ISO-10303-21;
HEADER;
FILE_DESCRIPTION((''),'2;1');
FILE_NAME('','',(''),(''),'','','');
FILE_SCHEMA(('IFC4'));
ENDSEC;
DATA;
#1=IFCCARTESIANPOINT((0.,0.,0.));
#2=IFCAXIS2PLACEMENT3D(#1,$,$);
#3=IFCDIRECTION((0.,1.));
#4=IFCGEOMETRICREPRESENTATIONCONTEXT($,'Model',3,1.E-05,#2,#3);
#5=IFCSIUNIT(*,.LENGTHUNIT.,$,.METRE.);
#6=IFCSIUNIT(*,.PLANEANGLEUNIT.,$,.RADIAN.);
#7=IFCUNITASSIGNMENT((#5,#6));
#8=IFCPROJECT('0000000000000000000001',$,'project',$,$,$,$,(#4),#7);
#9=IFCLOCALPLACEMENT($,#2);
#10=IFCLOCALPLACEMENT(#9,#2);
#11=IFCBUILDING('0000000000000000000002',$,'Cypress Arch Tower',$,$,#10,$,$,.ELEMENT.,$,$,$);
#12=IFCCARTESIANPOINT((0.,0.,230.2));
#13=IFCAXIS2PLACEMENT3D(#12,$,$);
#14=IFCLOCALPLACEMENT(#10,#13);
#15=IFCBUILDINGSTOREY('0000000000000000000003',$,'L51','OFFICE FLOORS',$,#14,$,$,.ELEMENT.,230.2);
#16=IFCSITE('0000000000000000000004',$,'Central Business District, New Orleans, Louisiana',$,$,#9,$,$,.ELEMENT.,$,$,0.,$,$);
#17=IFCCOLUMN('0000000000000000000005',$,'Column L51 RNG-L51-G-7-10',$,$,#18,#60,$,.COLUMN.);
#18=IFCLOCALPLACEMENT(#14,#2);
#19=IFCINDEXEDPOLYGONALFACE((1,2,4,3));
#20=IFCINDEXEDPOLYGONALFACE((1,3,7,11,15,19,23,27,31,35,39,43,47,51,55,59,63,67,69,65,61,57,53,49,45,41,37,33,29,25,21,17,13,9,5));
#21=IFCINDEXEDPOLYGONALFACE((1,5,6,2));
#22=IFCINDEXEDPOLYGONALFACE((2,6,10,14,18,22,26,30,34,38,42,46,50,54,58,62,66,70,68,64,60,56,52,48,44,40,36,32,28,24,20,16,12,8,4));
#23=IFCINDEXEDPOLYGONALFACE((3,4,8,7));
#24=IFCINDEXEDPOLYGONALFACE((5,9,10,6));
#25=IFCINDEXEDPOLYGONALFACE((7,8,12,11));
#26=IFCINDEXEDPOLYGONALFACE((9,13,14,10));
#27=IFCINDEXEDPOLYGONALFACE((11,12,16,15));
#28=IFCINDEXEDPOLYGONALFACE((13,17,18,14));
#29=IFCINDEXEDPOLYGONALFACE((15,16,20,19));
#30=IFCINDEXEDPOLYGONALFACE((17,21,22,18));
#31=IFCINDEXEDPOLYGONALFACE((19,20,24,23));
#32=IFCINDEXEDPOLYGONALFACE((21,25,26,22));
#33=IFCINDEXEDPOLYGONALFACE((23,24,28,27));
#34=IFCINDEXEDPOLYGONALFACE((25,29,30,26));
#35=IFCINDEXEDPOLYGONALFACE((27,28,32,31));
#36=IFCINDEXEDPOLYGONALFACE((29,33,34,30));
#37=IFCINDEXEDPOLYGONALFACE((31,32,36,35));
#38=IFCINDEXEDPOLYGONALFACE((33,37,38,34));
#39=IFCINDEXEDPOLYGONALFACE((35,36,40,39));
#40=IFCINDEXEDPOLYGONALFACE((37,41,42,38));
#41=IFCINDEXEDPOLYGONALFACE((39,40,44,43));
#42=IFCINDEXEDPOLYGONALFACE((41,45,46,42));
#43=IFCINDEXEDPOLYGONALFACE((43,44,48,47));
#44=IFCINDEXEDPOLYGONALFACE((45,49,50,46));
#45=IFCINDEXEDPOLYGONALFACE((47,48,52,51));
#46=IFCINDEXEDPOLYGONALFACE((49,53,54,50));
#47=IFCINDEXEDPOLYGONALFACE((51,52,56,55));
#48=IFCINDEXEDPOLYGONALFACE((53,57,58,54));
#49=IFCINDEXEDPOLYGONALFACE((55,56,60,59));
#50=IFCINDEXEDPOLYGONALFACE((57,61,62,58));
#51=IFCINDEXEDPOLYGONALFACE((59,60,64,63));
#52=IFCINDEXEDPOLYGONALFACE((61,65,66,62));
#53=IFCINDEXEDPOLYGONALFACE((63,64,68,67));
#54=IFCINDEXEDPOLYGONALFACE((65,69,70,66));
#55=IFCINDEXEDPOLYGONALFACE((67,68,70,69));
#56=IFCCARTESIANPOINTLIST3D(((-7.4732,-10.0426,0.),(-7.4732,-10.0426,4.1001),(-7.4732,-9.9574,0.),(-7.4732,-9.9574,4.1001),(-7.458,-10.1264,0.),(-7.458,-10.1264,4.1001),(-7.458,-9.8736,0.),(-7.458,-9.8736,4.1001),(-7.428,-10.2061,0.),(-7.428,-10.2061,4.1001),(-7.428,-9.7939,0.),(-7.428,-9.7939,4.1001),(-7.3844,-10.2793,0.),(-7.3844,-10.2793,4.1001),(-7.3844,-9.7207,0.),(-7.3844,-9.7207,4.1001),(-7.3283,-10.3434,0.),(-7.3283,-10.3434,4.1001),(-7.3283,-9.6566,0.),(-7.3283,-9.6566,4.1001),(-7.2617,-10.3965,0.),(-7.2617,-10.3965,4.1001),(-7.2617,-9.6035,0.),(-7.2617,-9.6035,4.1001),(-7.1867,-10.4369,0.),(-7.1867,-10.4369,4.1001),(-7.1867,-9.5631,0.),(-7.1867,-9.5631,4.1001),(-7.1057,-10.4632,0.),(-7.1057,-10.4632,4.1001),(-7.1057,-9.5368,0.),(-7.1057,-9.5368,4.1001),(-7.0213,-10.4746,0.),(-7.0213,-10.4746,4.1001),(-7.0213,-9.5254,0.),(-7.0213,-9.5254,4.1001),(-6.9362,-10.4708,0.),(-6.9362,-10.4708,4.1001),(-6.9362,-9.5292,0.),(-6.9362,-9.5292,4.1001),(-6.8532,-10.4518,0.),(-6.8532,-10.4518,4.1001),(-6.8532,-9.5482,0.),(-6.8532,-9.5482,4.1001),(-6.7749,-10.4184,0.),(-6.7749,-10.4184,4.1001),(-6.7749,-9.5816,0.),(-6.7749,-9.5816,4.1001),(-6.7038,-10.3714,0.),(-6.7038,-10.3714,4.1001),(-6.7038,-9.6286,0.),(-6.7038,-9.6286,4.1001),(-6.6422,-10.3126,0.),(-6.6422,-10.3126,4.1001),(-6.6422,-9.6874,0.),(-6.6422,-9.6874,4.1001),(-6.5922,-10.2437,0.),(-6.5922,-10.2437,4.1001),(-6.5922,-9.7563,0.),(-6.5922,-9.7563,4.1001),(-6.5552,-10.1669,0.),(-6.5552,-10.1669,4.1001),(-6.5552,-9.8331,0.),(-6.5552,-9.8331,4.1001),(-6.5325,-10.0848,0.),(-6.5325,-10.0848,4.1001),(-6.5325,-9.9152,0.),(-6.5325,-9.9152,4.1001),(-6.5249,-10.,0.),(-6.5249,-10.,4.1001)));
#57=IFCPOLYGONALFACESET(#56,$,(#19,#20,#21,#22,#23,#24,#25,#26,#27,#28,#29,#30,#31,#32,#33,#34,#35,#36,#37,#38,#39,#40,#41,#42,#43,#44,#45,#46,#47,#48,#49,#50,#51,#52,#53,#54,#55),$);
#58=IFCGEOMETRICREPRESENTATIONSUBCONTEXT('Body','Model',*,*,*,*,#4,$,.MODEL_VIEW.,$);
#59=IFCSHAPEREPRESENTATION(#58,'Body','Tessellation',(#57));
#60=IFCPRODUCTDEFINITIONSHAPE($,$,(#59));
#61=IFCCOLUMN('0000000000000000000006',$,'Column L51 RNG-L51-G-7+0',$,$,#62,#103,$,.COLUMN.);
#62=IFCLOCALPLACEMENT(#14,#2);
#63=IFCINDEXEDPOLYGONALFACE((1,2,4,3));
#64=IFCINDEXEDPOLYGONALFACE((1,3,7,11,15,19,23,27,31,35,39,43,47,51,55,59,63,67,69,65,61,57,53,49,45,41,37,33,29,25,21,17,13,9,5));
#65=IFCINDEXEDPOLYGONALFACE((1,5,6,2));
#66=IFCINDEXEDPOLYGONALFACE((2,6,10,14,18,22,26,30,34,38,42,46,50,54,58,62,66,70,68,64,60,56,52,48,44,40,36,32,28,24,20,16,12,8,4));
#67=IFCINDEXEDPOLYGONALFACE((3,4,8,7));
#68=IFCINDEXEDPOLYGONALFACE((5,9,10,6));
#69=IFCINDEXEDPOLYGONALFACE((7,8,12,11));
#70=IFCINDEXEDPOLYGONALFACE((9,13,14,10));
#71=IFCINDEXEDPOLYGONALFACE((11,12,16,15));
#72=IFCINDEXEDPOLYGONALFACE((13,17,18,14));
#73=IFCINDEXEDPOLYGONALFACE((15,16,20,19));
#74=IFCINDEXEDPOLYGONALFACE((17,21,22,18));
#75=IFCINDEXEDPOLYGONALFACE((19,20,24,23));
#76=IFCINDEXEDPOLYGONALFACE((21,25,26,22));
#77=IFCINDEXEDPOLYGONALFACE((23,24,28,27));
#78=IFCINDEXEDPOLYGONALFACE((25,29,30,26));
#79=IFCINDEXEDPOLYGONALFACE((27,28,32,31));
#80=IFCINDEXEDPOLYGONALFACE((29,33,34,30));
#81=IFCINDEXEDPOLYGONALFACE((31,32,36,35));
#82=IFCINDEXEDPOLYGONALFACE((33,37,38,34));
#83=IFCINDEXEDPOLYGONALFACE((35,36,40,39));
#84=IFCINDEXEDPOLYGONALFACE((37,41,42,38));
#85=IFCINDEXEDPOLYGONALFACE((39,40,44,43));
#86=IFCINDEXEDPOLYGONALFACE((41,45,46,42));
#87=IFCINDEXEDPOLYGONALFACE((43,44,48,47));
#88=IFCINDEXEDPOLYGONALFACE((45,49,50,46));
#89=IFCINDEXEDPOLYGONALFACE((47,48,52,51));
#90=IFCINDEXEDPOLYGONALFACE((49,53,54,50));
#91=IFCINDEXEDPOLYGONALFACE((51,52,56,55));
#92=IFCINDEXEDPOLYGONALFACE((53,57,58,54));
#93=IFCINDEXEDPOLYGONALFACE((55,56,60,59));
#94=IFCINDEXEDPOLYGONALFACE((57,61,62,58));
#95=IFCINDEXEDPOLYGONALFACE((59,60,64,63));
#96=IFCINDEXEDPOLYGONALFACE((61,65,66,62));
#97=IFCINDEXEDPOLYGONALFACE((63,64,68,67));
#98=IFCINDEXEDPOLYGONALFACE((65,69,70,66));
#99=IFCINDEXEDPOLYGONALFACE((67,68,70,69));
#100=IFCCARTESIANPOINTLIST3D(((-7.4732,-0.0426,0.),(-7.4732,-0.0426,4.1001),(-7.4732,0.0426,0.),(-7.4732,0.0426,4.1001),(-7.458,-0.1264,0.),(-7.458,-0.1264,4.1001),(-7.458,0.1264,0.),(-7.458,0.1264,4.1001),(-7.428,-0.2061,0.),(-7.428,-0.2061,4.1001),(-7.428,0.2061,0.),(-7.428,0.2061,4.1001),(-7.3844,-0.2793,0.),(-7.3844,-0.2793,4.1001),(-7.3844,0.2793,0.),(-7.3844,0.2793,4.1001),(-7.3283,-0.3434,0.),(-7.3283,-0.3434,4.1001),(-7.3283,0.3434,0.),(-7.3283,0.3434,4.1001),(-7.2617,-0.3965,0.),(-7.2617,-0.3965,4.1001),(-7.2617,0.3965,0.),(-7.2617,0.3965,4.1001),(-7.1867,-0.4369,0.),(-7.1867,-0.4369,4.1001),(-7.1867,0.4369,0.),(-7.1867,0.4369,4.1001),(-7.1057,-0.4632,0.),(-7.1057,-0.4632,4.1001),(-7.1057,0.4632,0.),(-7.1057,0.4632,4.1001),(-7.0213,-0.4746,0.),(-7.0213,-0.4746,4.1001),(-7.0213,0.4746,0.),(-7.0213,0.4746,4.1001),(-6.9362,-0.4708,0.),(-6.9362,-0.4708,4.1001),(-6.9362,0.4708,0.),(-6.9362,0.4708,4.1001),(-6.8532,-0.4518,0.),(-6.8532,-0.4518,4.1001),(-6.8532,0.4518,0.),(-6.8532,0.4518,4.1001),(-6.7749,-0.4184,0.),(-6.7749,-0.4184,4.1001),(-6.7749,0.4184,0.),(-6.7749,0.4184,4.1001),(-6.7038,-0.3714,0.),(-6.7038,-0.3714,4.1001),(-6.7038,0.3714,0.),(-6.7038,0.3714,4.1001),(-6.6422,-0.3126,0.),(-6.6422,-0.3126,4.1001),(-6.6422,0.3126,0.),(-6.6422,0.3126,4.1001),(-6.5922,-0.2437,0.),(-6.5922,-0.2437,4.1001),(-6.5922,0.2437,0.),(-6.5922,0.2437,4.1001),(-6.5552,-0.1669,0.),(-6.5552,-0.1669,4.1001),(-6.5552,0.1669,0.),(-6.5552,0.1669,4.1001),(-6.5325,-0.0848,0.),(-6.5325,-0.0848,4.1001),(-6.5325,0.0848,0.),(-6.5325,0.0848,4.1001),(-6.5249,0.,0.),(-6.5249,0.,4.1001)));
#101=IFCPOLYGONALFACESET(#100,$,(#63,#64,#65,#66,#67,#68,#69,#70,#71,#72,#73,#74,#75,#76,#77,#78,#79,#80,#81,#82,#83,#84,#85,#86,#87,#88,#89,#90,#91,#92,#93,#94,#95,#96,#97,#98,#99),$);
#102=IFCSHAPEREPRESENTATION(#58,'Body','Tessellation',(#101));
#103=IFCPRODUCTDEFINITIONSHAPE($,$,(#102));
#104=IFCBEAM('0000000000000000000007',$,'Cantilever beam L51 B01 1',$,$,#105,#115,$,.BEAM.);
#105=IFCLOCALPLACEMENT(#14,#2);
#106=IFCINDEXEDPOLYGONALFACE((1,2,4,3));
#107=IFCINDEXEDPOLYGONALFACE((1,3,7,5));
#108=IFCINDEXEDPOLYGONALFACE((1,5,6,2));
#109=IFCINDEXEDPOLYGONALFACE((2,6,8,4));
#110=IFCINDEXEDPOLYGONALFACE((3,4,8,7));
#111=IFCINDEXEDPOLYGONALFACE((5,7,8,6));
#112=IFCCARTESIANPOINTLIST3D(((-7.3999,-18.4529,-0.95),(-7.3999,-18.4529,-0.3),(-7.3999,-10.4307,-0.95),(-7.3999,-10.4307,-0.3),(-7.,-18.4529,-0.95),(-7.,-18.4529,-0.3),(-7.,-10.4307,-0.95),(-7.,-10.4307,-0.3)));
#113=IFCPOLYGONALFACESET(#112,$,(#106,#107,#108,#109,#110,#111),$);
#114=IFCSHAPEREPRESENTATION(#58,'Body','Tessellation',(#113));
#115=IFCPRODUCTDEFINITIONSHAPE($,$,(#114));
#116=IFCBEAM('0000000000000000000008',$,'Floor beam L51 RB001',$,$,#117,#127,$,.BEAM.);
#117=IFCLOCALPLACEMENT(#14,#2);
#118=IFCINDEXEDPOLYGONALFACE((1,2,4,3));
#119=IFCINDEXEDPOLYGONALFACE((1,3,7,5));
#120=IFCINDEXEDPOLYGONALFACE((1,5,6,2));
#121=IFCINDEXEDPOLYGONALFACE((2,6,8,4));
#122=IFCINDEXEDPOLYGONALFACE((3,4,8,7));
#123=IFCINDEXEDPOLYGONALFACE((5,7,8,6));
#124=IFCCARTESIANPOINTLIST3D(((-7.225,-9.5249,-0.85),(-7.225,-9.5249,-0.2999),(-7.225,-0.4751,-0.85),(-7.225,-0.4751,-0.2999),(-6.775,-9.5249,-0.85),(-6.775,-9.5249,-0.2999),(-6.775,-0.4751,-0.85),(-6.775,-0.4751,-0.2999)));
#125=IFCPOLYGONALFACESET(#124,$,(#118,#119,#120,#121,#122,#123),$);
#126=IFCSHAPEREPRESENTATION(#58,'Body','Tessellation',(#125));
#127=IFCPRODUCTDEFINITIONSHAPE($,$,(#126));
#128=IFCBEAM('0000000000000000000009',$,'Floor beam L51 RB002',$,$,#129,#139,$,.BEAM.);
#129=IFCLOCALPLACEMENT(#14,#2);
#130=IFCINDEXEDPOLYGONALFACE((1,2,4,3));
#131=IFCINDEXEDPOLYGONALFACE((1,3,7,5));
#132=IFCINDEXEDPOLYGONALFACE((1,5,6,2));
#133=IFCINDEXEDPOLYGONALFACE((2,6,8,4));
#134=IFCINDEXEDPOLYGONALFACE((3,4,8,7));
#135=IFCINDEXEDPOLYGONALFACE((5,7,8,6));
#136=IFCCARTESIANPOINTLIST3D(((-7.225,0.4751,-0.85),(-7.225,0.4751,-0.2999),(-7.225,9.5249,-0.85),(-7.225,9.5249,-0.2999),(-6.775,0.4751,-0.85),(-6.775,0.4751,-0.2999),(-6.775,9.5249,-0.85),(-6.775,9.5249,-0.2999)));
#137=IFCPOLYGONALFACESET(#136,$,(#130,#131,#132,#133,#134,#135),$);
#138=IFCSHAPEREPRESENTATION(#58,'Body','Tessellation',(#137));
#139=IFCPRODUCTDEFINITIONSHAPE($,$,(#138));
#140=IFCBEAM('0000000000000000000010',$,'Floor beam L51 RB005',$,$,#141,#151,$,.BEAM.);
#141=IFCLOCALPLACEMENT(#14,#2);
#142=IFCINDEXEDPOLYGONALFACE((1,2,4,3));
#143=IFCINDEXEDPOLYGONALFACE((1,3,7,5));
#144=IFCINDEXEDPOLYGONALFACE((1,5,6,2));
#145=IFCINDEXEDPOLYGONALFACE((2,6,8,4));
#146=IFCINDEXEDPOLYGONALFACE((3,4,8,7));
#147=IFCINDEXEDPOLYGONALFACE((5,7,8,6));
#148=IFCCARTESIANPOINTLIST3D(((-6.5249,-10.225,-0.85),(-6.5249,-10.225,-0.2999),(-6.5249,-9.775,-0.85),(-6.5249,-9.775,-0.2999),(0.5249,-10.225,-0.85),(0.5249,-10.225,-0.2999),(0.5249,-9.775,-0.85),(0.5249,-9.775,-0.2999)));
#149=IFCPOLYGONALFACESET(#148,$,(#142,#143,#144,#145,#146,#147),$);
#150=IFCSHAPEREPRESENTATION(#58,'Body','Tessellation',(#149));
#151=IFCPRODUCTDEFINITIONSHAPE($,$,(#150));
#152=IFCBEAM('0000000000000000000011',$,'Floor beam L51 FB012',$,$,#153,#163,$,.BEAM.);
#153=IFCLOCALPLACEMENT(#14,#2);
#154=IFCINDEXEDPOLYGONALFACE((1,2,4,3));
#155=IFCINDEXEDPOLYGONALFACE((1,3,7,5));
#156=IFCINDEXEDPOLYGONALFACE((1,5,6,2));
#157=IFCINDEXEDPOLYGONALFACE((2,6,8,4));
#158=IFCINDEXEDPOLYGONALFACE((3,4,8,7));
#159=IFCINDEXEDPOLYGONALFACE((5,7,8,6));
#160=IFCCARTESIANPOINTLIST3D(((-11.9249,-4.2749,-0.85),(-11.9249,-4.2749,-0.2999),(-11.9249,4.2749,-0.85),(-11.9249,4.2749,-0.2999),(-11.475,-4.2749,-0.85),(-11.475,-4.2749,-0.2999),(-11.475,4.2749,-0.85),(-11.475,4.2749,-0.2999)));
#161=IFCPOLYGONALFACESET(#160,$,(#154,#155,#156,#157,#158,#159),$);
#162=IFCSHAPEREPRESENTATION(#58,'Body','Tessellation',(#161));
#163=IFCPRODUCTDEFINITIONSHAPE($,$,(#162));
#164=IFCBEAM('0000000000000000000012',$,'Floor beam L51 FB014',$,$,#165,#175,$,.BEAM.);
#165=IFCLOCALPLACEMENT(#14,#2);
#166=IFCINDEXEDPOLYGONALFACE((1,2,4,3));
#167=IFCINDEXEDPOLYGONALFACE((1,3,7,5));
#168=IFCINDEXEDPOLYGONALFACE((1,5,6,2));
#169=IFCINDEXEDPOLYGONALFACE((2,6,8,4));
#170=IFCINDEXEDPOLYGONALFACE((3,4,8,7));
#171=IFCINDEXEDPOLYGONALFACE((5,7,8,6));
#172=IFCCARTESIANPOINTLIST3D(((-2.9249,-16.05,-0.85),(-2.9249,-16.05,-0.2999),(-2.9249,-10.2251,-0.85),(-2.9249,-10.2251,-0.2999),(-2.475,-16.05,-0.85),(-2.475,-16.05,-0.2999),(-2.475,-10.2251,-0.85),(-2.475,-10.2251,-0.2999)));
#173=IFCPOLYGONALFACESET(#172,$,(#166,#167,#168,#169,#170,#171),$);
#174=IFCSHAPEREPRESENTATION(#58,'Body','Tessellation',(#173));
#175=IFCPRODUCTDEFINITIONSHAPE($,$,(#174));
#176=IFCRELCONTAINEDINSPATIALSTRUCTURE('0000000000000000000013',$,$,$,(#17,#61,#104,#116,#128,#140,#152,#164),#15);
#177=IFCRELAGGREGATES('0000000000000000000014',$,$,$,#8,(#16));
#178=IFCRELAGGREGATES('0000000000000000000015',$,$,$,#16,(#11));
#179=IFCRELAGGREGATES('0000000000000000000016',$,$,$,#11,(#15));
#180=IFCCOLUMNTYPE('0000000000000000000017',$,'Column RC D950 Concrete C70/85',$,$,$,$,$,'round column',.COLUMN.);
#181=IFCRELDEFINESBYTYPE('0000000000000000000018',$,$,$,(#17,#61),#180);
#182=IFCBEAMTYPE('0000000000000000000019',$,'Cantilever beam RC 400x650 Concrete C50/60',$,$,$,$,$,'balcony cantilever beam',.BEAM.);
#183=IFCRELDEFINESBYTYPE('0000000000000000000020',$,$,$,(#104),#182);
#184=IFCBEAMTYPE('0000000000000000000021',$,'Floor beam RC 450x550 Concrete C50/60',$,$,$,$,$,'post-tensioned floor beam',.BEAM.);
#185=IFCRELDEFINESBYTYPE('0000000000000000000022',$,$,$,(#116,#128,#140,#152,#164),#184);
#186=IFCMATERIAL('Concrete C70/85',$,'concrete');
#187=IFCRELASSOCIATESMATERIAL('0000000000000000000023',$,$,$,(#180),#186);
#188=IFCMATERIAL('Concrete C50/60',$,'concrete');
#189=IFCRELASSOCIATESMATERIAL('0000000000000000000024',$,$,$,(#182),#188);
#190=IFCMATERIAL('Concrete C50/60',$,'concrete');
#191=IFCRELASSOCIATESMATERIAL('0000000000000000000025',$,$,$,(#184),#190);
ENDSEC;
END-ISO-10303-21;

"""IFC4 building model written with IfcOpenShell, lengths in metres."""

from ifc_helpers import new_model, si_unit, direction, frame, origin, origin_2d, place, context, subcontext, project, spatial, rectangle, circle, extrude, material, material_profile, profile_set, type_object, element, save


model = new_model("IFC4")

# Units and contexts
model_context = context("Model", 3, precision=1e-05, world=origin(), true_north=direction((0.0, 1.0)))
body_context = subcontext(model_context, "Body", "Model", "MODEL_VIEW")
ifc_project = project(units=[si_unit("LENGTHUNIT", "METRE"), si_unit("PLANEANGLEUNIT", "RADIAN")], contexts=[model_context])

# Site, building, storey
site_placement = place(None, origin())
site = spatial("IfcSite", under=ifc_project, at=site_placement, Name="Central Business District, New Orleans, Louisiana", CompositionType="ELEMENT", RefElevation=0.0)
building_placement = place(site_placement, origin())
building = spatial("IfcBuilding", under=site, at=building_placement, Name="Cypress Arch Tower", CompositionType="ELEMENT")
storey_placement = place(building_placement, frame((0.0, 0.0, 230.2)))
storey = spatial("IfcBuildingStorey", under=building, at=storey_placement, Name="L51", Description="OFFICE FLOORS", CompositionType="ELEMENT", Elevation=230.2)

# Columns
ifc_material_1 = material(Name="Concrete C70/85", Category="concrete")
ifc_material_profile_1 = material_profile(ifc_material_1, circle(Radius=0.4751, at=origin_2d()), Name="RC D950")
ifc_profile_set_1 = profile_set([ifc_material_profile_1], Name="Concrete C70/85")
column_type = type_object("IfcColumnType", Name="Column RC D950 Concrete C70/85", ElementType="round column", PredefinedType="COLUMN", material=ifc_profile_set_1)
for number, where, z_axis, x_axis, name in (
    (1, (-7.0, -10.0, 0.0), (0.0, 0.0, 1.0), (1.0, 0.0, 0.0), "Column L51 RNG-L51-G-7-10"),
    (2, (-7.0, 0.0, 0.0), (0.0, 0.0, 1.0), (1.0, 0.0, 0.0), "Column L51 RNG-L51-G-7+0"),
):
    element("IfcColumn", number, at=place(storey_placement, frame(where, z_axis=z_axis, x_axis=x_axis)), inside=storey, type_object=column_type, Name=name, PredefinedType="COLUMN", context=body_context, shape_type="SweptSolid", body=[
        extrude(circle(Radius=0.4751, at=origin_2d()), origin(), (0.0, 0.0, 1.0), 4.1001),
    ])

# Beams
ifc_material_2 = material(Name="Concrete C50/60", Category="concrete")
ifc_material_profile_2 = material_profile(ifc_material_2, rectangle(XDim=0.3999, YDim=0.6499, at=origin_2d()), Name="RC 400x650")
ifc_profile_set_2 = profile_set([ifc_material_profile_2], Name="Concrete C50/60")
beam_type_1 = type_object("IfcBeamType", Name="Cantilever beam RC 400x650 Concrete C50/60", ElementType="balcony cantilever beam", PredefinedType="BEAM", material=ifc_profile_set_2)
beam_1_placement = place(storey_placement, frame((-7.2, -10.4307, -0.625), z_axis=(0.0, -1.0, 0.0), x_axis=(1.0, 0.0, 0.0)))
element("IfcBeam", 3, at=beam_1_placement, inside=storey, type_object=beam_type_1, Name="Cantilever beam L51 B01 1", PredefinedType="BEAM", context=body_context, shape_type="SweptSolid", body=[
    extrude(rectangle(XDim=0.3999, YDim=0.6499, at=origin_2d()), origin(), (0.0, 0.0, 1.0), 8.0222),
])
ifc_material_3 = material(Name="Concrete C50/60", Category="concrete")
ifc_material_profile_3 = material_profile(ifc_material_3, rectangle(XDim=0.45, YDim=0.55, at=origin_2d()), Name="RC 450x550")
ifc_profile_set_3 = profile_set([ifc_material_profile_3], Name="Concrete C50/60")
beam_type_2 = type_object("IfcBeamType", Name="Floor beam RC 450x550 Concrete C50/60", ElementType="post-tensioned floor beam", PredefinedType="BEAM", material=ifc_profile_set_3)
for number, where, z_axis, x_axis, name in (
    (4, (-7.0, -9.5249, -0.575), (0.0, 1.0, 0.0), (-1.0, 0.0, 0.0), "Floor beam L51 RB001"),
    (5, (-7.0, 0.4751, -0.575), (0.0, 1.0, 0.0), (-1.0, 0.0, 0.0), "Floor beam L51 RB002"),
):
    element("IfcBeam", number, at=place(storey_placement, frame(where, z_axis=z_axis, x_axis=x_axis)), inside=storey, type_object=beam_type_2, Name=name, PredefinedType="BEAM", context=body_context, shape_type="SweptSolid", body=[
        extrude(rectangle(XDim=0.45, YDim=0.55, at=origin_2d()), origin(), (0.0, 0.0, 1.0), 9.0498),
    ])
beam_2_placement = place(storey_placement, frame((-6.5249, -10.0, -0.575), z_axis=(1.0, 0.0, 0.0), x_axis=(0.0, 1.0, 0.0)))
element("IfcBeam", 6, at=beam_2_placement, inside=storey, type_object=beam_type_2, Name="Floor beam L51 RB005", PredefinedType="BEAM", context=body_context, shape_type="SweptSolid", body=[
    extrude(rectangle(XDim=0.45, YDim=0.55, at=origin_2d()), origin(), (0.0, 0.0, 1.0), 7.0498),
])
beam_3_placement = place(storey_placement, frame((-11.7, -4.2749, -0.575), z_axis=(0.0, 1.0, 0.0), x_axis=(-1.0, 0.0, 0.0)))
element("IfcBeam", 7, at=beam_3_placement, inside=storey, type_object=beam_type_2, Name="Floor beam L51 FB012", PredefinedType="BEAM", context=body_context, shape_type="SweptSolid", body=[
    extrude(rectangle(XDim=0.45, YDim=0.55, at=origin_2d()), origin(), (0.0, 0.0, 1.0), 8.5498),
])
beam_4_placement = place(storey_placement, frame((-2.7, -16.05, -0.575), z_axis=(0.0, 1.0, 0.0), x_axis=(-1.0, 0.0, 0.0)))
element("IfcBeam", 8, at=beam_4_placement, inside=storey, type_object=beam_type_2, Name="Floor beam L51 FB014", PredefinedType="BEAM", context=body_context, shape_type="SweptSolid", body=[
    extrude(rectangle(XDim=0.45, YDim=0.55, at=origin_2d()), origin(), (0.0, 0.0, 1.0), 5.825),
])

save(model, "model.ifc")
